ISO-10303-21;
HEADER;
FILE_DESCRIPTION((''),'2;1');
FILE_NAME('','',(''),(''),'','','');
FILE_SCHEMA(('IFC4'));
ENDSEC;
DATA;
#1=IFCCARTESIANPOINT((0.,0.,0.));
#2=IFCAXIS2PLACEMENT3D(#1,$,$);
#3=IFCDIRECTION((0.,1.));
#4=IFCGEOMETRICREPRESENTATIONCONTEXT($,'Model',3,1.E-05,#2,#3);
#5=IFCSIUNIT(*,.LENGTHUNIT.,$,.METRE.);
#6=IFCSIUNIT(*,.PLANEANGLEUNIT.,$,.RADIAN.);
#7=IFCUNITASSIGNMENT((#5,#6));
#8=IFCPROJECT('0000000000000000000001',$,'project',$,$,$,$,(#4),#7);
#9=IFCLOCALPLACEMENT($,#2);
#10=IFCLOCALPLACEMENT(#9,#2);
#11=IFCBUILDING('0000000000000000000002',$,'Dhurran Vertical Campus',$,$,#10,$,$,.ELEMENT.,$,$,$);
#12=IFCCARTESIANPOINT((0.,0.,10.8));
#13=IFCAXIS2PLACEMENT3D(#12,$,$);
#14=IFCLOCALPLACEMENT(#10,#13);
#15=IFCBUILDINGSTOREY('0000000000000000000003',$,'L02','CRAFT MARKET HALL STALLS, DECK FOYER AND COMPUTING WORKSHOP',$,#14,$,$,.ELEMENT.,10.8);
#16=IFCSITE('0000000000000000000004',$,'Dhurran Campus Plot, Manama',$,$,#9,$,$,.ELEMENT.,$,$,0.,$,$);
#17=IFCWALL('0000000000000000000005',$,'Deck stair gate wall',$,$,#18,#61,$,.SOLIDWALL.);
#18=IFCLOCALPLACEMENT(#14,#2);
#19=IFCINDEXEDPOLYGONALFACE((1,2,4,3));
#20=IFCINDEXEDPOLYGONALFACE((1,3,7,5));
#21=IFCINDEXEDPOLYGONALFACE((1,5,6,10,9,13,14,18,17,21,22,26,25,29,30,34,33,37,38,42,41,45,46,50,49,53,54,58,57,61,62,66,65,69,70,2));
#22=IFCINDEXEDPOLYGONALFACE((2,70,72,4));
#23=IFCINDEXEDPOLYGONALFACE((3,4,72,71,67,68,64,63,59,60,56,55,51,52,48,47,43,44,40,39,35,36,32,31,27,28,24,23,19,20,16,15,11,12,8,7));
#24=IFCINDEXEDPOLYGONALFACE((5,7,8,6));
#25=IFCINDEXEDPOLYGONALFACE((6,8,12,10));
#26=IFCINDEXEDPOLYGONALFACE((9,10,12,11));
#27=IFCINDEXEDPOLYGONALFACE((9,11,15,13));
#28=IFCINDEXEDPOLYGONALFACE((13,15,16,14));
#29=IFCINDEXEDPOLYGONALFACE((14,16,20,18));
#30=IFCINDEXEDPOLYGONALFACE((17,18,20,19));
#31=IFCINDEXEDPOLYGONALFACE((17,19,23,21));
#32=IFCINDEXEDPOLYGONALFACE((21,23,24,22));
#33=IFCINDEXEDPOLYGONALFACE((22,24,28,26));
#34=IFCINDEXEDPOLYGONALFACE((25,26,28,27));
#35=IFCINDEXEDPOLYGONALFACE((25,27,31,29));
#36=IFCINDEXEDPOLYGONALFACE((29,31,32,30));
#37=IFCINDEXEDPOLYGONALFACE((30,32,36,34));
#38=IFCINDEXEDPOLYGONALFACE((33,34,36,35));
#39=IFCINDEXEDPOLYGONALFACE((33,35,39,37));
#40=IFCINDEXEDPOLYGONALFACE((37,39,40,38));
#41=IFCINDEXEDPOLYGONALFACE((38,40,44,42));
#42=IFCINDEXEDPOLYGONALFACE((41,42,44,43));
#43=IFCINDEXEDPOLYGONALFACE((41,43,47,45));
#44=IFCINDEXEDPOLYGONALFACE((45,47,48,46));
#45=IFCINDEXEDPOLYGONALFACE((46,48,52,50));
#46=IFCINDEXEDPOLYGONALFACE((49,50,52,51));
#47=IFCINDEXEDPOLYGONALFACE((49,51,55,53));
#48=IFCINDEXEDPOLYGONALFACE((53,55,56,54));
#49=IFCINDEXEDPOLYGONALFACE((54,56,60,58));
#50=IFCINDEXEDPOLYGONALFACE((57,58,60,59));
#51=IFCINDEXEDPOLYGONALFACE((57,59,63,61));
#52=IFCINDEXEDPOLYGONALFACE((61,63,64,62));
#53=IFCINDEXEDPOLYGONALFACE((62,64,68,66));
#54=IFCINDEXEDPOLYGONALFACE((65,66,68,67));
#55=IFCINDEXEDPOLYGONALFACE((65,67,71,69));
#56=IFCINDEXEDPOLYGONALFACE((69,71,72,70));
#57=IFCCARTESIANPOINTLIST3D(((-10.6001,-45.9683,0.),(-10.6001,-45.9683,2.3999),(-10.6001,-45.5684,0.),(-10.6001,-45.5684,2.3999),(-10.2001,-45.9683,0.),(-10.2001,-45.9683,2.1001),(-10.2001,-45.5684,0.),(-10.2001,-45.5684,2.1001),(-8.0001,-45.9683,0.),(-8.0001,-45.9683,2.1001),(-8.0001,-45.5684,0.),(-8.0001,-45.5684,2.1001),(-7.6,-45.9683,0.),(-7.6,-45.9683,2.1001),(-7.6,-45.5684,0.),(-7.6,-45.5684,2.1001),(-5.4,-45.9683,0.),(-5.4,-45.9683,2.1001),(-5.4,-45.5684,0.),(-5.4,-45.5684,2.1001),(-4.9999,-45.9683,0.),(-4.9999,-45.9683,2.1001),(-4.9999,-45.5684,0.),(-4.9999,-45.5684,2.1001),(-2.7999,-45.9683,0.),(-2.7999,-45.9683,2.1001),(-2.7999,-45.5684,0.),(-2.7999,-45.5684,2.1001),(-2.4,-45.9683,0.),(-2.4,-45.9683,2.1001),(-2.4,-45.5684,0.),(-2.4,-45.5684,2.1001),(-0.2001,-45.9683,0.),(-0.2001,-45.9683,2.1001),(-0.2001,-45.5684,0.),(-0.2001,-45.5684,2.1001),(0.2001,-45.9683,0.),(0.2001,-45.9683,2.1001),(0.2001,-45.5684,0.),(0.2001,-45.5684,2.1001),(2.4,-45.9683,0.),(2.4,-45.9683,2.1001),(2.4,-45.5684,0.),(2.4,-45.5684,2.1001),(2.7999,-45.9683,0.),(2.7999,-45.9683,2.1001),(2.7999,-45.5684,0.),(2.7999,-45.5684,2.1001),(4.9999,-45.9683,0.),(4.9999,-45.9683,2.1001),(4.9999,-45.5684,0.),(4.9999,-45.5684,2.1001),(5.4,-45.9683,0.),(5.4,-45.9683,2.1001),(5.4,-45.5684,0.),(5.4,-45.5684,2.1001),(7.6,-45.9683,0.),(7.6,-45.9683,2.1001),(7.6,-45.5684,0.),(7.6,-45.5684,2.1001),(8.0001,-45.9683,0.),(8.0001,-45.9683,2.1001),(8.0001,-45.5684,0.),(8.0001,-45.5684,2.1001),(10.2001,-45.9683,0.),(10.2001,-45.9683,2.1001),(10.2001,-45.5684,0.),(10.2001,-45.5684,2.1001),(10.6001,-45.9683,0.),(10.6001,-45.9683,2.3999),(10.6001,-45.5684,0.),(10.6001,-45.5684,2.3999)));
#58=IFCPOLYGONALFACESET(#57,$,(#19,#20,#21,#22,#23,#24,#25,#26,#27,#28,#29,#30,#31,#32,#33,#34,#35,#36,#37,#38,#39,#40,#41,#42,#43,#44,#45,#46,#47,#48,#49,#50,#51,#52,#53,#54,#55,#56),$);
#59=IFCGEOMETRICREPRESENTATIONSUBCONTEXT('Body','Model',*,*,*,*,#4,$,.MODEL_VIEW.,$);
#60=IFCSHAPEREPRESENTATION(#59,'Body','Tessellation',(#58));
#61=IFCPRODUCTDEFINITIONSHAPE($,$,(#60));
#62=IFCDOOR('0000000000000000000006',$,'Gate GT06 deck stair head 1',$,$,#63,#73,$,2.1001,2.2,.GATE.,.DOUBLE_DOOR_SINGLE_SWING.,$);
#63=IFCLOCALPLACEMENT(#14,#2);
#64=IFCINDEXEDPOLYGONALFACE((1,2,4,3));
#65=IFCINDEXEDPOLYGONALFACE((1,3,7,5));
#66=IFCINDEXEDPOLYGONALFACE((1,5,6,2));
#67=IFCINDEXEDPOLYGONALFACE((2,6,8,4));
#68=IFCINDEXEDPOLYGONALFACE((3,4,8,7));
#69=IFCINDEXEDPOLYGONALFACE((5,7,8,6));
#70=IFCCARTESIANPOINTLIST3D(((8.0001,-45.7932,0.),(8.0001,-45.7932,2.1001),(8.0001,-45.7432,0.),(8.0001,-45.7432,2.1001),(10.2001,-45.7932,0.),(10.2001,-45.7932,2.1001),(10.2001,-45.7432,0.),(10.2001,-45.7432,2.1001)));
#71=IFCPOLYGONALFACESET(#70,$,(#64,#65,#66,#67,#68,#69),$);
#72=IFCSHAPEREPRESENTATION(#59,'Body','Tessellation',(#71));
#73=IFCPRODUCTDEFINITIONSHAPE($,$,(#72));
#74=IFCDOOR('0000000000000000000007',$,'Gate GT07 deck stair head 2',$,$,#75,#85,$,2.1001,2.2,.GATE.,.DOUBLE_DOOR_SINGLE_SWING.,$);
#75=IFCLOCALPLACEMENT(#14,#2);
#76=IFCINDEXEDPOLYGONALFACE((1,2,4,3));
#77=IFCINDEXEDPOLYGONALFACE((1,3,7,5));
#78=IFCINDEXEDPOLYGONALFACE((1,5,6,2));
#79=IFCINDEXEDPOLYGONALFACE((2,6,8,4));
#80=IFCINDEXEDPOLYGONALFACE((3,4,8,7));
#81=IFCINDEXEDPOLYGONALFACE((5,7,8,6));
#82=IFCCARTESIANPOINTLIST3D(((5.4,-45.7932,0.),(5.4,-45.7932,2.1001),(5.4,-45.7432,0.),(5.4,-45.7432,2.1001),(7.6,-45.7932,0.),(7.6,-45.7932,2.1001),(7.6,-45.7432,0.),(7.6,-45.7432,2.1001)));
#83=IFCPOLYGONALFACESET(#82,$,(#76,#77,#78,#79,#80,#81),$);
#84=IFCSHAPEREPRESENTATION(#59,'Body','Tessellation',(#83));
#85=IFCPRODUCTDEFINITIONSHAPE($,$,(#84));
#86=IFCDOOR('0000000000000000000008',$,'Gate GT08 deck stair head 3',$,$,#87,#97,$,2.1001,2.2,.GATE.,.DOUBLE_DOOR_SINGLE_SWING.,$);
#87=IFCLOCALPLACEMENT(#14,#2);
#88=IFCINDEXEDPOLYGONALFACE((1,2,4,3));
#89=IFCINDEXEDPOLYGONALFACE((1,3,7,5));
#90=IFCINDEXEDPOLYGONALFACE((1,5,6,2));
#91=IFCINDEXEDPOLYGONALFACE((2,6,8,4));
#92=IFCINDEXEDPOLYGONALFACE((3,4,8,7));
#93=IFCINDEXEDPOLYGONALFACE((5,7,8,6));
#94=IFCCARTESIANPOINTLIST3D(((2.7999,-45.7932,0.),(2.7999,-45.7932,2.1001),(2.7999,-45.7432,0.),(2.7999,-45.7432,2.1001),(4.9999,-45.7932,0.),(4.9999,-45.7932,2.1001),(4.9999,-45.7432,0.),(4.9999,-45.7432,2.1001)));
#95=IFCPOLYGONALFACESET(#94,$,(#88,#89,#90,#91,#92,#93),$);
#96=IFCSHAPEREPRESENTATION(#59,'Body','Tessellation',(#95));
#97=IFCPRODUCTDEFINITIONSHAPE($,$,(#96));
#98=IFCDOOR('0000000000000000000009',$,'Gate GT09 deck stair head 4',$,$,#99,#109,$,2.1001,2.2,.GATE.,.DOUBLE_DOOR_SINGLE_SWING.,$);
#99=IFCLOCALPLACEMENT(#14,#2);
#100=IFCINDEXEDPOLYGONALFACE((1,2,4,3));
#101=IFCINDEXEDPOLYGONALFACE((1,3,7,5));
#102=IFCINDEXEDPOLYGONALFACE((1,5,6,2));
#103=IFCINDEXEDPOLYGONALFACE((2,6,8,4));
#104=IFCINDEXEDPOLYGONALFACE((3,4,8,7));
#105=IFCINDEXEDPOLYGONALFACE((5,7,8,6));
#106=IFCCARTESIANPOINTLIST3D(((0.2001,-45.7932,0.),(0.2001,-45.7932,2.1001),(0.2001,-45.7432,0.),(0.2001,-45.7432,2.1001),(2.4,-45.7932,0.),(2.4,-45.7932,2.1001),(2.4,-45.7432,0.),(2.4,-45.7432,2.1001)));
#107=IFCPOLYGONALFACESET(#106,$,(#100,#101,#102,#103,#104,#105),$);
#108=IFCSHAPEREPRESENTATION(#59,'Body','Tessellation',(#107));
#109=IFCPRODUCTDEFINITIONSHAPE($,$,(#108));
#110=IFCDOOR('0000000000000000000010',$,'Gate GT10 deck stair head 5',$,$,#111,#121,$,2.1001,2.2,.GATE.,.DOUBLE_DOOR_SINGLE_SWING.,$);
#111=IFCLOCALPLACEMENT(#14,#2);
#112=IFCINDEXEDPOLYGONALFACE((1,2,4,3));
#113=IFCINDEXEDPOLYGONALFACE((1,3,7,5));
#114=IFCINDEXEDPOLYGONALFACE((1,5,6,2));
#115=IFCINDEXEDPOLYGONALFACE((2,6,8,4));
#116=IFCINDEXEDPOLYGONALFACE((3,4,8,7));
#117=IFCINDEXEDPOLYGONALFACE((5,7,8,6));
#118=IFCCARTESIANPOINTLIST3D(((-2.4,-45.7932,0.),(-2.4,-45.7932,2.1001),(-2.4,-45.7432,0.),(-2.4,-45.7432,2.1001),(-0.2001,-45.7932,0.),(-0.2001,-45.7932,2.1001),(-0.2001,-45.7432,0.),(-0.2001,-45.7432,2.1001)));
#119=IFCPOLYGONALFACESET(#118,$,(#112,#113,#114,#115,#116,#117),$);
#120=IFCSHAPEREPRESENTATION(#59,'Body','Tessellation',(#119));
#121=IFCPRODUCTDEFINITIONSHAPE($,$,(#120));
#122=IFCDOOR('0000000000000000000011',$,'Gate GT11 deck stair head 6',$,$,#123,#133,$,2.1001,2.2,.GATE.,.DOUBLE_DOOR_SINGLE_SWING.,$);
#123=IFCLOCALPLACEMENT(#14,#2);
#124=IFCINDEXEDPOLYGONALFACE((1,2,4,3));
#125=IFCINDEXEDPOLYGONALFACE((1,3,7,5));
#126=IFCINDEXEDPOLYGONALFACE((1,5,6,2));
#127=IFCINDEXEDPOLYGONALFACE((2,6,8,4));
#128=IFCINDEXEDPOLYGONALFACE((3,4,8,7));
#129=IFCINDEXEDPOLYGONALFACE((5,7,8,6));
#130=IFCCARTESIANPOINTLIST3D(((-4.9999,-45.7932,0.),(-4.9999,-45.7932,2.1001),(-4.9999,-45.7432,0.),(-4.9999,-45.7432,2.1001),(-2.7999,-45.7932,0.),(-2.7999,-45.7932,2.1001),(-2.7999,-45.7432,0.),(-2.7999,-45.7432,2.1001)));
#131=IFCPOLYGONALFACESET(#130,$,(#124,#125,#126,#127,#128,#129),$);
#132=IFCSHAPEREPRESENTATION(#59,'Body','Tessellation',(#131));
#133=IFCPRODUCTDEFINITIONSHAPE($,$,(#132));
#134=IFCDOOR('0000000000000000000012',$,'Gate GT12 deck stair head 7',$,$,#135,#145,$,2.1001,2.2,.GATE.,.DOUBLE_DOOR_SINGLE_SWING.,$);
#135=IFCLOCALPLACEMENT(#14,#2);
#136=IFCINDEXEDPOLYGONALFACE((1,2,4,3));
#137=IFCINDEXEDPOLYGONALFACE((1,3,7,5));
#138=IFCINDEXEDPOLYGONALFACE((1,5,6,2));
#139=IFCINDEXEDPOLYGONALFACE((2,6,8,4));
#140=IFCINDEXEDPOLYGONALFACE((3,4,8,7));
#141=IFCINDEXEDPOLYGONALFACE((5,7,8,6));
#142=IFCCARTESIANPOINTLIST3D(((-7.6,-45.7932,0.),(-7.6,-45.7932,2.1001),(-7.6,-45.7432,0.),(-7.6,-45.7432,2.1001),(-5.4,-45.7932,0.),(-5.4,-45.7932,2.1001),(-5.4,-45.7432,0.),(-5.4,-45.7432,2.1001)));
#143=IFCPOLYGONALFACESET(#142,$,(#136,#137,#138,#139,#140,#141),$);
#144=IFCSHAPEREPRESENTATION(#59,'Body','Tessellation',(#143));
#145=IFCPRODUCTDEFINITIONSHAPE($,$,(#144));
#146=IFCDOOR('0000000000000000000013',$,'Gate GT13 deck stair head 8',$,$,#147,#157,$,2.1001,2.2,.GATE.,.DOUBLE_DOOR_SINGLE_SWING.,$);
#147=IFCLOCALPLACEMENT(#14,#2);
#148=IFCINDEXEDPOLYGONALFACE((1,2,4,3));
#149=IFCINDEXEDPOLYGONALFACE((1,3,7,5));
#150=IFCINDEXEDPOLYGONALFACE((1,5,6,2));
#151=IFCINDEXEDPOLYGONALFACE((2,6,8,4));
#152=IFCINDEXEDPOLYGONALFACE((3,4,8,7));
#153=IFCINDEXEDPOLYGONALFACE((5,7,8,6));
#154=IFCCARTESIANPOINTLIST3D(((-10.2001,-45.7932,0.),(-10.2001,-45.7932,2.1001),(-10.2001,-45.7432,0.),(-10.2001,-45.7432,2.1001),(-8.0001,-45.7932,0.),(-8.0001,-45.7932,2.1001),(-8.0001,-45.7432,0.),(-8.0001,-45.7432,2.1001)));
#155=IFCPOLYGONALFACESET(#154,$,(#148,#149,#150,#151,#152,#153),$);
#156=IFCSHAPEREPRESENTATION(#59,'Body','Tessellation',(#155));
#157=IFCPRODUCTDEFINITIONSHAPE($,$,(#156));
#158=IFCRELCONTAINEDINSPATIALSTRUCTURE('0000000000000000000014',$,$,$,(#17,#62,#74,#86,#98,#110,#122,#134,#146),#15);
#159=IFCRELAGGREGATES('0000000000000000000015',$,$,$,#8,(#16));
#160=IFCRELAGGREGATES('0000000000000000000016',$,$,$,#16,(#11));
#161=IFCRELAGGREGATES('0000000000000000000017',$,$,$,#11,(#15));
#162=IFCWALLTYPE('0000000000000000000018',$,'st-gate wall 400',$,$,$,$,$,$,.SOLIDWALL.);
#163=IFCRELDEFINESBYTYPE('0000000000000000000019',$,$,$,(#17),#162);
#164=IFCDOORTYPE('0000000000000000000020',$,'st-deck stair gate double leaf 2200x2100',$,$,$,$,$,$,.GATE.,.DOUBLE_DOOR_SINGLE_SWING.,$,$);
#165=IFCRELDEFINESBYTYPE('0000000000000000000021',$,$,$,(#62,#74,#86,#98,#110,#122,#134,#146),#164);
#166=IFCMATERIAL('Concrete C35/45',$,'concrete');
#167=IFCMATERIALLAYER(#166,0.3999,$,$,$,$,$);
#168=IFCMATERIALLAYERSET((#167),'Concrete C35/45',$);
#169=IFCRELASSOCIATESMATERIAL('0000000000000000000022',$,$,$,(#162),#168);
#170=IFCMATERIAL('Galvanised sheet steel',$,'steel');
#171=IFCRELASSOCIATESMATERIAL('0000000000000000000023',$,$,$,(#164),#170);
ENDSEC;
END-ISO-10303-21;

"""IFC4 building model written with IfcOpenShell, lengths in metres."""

from ifc_helpers import new_model, si_unit, direction, frame, frame_2d, origin, place, context, subcontext, project, spatial, rectangle, extrude, material, layer, layer_set, type_object, element, fill, save


model = new_model("IFC4")

# Units and contexts
model_context = context("Model", 3, precision=1e-05, world=origin(), true_north=direction((0.0, 1.0)))
body_context = subcontext(model_context, "Body", "Model", "MODEL_VIEW")
ifc_project = project(units=[si_unit("LENGTHUNIT", "METRE"), si_unit("PLANEANGLEUNIT", "RADIAN")], contexts=[model_context])

# Site, building, storey
site_placement = place(None, origin())
site = spatial("IfcSite", under=ifc_project, at=site_placement, Name="Dhurran Campus Plot, Manama", CompositionType="ELEMENT", RefElevation=0.0)
building_placement = place(site_placement, origin())
building = spatial("IfcBuilding", under=site, at=building_placement, Name="Dhurran Vertical Campus", CompositionType="ELEMENT")
storey_placement = place(building_placement, frame((0.0, 0.0, 10.8)))
storey = spatial("IfcBuildingStorey", under=building, at=storey_placement, Name="L02", Description="CRAFT MARKET HALL STALLS, DECK FOYER AND COMPUTING WORKSHOP", CompositionType="ELEMENT", Elevation=10.8)

# Wall, openings, doors
ifc_material_1 = material(Name="Concrete C35/45", Category="concrete")
ifc_layer_1 = layer(ifc_material_1, 0.3999)
ifc_layer_set_1 = layer_set([ifc_layer_1], Name="Concrete C35/45")
wall_type_1 = type_object("IfcWallType", Name="st-gate wall 400", PredefinedType="SOLIDWALL", material=ifc_layer_set_1)
wall_1_placement = place(storey_placement, frame((10.6001, -45.7683, 0.0), z_axis=(0.0, 0.0, 1.0), x_axis=(-1.0, 0.0, 0.0)))
wall_1 = element("IfcWall", 1, at=wall_1_placement, inside=storey, type_object=wall_type_1, Name="Deck stair gate wall", PredefinedType="SOLIDWALL", context=body_context, shape_type="SweptSolid", body=[
    extrude(rectangle(XDim=21.2002, YDim=0.3999, at=frame_2d((10.6001, 0.0))), origin(), (0.0, 0.0, 1.0), 2.3999),
])
opening_1_placement = place(wall_1_placement, frame((0.3999, 0.0, 0.0)))
opening_1 = element("IfcOpeningElement", 2, at=opening_1_placement, cuts=wall_1, PredefinedType="OPENING", context=body_context, shape_type="SweptSolid", body=[
    extrude(rectangle(XDim=2.2, YDim=2.1001, at=frame_2d((1.1001, 1.05))), frame((0.0, 0.21, 0.0), z_axis=(0.0, -1.0, 0.0), x_axis=(1.0, 0.0, 0.0)), (0.0, 0.0, 1.0), 0.4199),
])
opening_2_placement = place(wall_1_placement, frame((3.0, 0.0, 0.0)))
opening_2 = element("IfcOpeningElement", 3, at=opening_2_placement, cuts=wall_1, PredefinedType="OPENING", context=body_context, shape_type="SweptSolid", body=[
    extrude(rectangle(XDim=2.2, YDim=2.1001, at=frame_2d((1.1001, 1.05))), frame((0.0, 0.21, 0.0), z_axis=(0.0, -1.0, 0.0), x_axis=(1.0, 0.0, 0.0)), (0.0, 0.0, 1.0), 0.4199),
])
opening_3_placement = place(wall_1_placement, frame((5.6001, 0.0, 0.0)))
opening_3 = element("IfcOpeningElement", 4, at=opening_3_placement, cuts=wall_1, PredefinedType="OPENING", context=body_context, shape_type="SweptSolid", body=[
    extrude(rectangle(XDim=2.2, YDim=2.1001, at=frame_2d((1.1001, 1.05))), frame((0.0, 0.21, 0.0), z_axis=(0.0, -1.0, 0.0), x_axis=(1.0, 0.0, 0.0)), (0.0, 0.0, 1.0), 0.4199),
])
opening_4_placement = place(wall_1_placement, frame((8.2, 0.0, 0.0)))
opening_4 = element("IfcOpeningElement", 5, at=opening_4_placement, cuts=wall_1, PredefinedType="OPENING", context=body_context, shape_type="SweptSolid", body=[
    extrude(rectangle(XDim=2.2, YDim=2.1001, at=frame_2d((1.1001, 1.05))), frame((0.0, 0.21, 0.0), z_axis=(0.0, -1.0, 0.0), x_axis=(1.0, 0.0, 0.0)), (0.0, 0.0, 1.0), 0.4199),
])
opening_5_placement = place(wall_1_placement, frame((10.8, 0.0, 0.0)))
opening_5 = element("IfcOpeningElement", 6, at=opening_5_placement, cuts=wall_1, PredefinedType="OPENING", context=body_context, shape_type="SweptSolid", body=[
    extrude(rectangle(XDim=2.2, YDim=2.1001, at=frame_2d((1.1001, 1.05))), frame((0.0, 0.21, 0.0), z_axis=(0.0, -1.0, 0.0), x_axis=(1.0, 0.0, 0.0)), (0.0, 0.0, 1.0), 0.4199),
])
opening_6_placement = place(wall_1_placement, frame((13.3999, 0.0, 0.0)))
opening_6 = element("IfcOpeningElement", 7, at=opening_6_placement, cuts=wall_1, PredefinedType="OPENING", context=body_context, shape_type="SweptSolid", body=[
    extrude(rectangle(XDim=2.2, YDim=2.1001, at=frame_2d((1.1001, 1.05))), frame((0.0, 0.21, 0.0), z_axis=(0.0, -1.0, 0.0), x_axis=(1.0, 0.0, 0.0)), (0.0, 0.0, 1.0), 0.4199),
])
opening_7_placement = place(wall_1_placement, frame((16.0, 0.0, 0.0)))
opening_7 = element("IfcOpeningElement", 8, at=opening_7_placement, cuts=wall_1, PredefinedType="OPENING", context=body_context, shape_type="SweptSolid", body=[
    extrude(rectangle(XDim=2.2, YDim=2.1001, at=frame_2d((1.1001, 1.05))), frame((0.0, 0.21, 0.0), z_axis=(0.0, -1.0, 0.0), x_axis=(1.0, 0.0, 0.0)), (0.0, 0.0, 1.0), 0.4199),
])
opening_8_placement = place(wall_1_placement, frame((18.6001, 0.0, 0.0)))
opening_8 = element("IfcOpeningElement", 9, at=opening_8_placement, cuts=wall_1, PredefinedType="OPENING", context=body_context, shape_type="SweptSolid", body=[
    extrude(rectangle(XDim=2.2, YDim=2.1001, at=frame_2d((1.1001, 1.05))), frame((0.0, 0.21, 0.0), z_axis=(0.0, -1.0, 0.0), x_axis=(1.0, 0.0, 0.0)), (0.0, 0.0, 1.0), 0.4199),
])
ifc_material_2 = material(Name="Galvanised sheet steel", Category="steel")
door_type_1 = type_object("IfcDoorType", Name="st-deck stair gate double leaf 2200x2100", OperationType="DOUBLE_DOOR_SINGLE_SWING", PredefinedType="GATE", material=ifc_material_2)
door_1_placement = place(opening_1_placement, origin())
door_1 = element("IfcDoor", 10, at=door_1_placement, inside=storey, type_object=door_type_1, Name="Gate GT06 deck stair head 1", OperationType="DOUBLE_DOOR_SINGLE_SWING", OverallHeight=2.1001, OverallWidth=2.2, PredefinedType="GATE", context=body_context, shape_type="SweptSolid", body=[
    extrude(rectangle(XDim=2.2, YDim=2.1001, at=frame_2d((1.1001, 1.05))), frame((0.0, 0.0249, 0.0), z_axis=(0.0, -1.0, 0.0), x_axis=(1.0, 0.0, 0.0)), (0.0, 0.0, 1.0), 0.05),
])
fill(opening_1, door_1)
door_2_placement = place(opening_2_placement, origin())
door_2 = element("IfcDoor", 11, at=door_2_placement, inside=storey, type_object=door_type_1, Name="Gate GT07 deck stair head 2", OperationType="DOUBLE_DOOR_SINGLE_SWING", OverallHeight=2.1001, OverallWidth=2.2, PredefinedType="GATE", context=body_context, shape_type="SweptSolid", body=[
    extrude(rectangle(XDim=2.2, YDim=2.1001, at=frame_2d((1.1001, 1.05))), frame((0.0, 0.0249, 0.0), z_axis=(0.0, -1.0, 0.0), x_axis=(1.0, 0.0, 0.0)), (0.0, 0.0, 1.0), 0.05),
])
fill(opening_2, door_2)
door_3_placement = place(opening_3_placement, origin())
door_3 = element("IfcDoor", 12, at=door_3_placement, inside=storey, type_object=door_type_1, Name="Gate GT08 deck stair head 3", OperationType="DOUBLE_DOOR_SINGLE_SWING", OverallHeight=2.1001, OverallWidth=2.2, PredefinedType="GATE", context=body_context, shape_type="SweptSolid", body=[
    extrude(rectangle(XDim=2.2, YDim=2.1001, at=frame_2d((1.1001, 1.05))), frame((0.0, 0.0249, 0.0), z_axis=(0.0, -1.0, 0.0), x_axis=(1.0, 0.0, 0.0)), (0.0, 0.0, 1.0), 0.05),
])
fill(opening_3, door_3)
door_4_placement = place(opening_4_placement, origin())
door_4 = element("IfcDoor", 13, at=door_4_placement, inside=storey, type_object=door_type_1, Name="Gate GT09 deck stair head 4", OperationType="DOUBLE_DOOR_SINGLE_SWING", OverallHeight=2.1001, OverallWidth=2.2, PredefinedType="GATE", context=body_context, shape_type="SweptSolid", body=[
    extrude(rectangle(XDim=2.2, YDim=2.1001, at=frame_2d((1.1001, 1.05))), frame((0.0, 0.0249, 0.0), z_axis=(0.0, -1.0, 0.0), x_axis=(1.0, 0.0, 0.0)), (0.0, 0.0, 1.0), 0.05),
])
fill(opening_4, door_4)
door_5_placement = place(opening_5_placement, origin())
door_5 = element("IfcDoor", 14, at=door_5_placement, inside=storey, type_object=door_type_1, Name="Gate GT10 deck stair head 5", OperationType="DOUBLE_DOOR_SINGLE_SWING", OverallHeight=2.1001, OverallWidth=2.2, PredefinedType="GATE", context=body_context, shape_type="SweptSolid", body=[
    extrude(rectangle(XDim=2.2, YDim=2.1001, at=frame_2d((1.1001, 1.05))), frame((0.0, 0.0249, 0.0), z_axis=(0.0, -1.0, 0.0), x_axis=(1.0, 0.0, 0.0)), (0.0, 0.0, 1.0), 0.05),
])
fill(opening_5, door_5)
door_6_placement = place(opening_6_placement, origin())
door_6 = element("IfcDoor", 15, at=door_6_placement, inside=storey, type_object=door_type_1, Name="Gate GT11 deck stair head 6", OperationType="DOUBLE_DOOR_SINGLE_SWING", OverallHeight=2.1001, OverallWidth=2.2, PredefinedType="GATE", context=body_context, shape_type="SweptSolid", body=[
    extrude(rectangle(XDim=2.2, YDim=2.1001, at=frame_2d((1.1001, 1.05))), frame((0.0, 0.0249, 0.0), z_axis=(0.0, -1.0, 0.0), x_axis=(1.0, 0.0, 0.0)), (0.0, 0.0, 1.0), 0.05),
])
fill(opening_6, door_6)
door_7_placement = place(opening_7_placement, origin())
door_7 = element("IfcDoor", 16, at=door_7_placement, inside=storey, type_object=door_type_1, Name="Gate GT12 deck stair head 7", OperationType="DOUBLE_DOOR_SINGLE_SWING", OverallHeight=2.1001, OverallWidth=2.2, PredefinedType="GATE", context=body_context, shape_type="SweptSolid", body=[
    extrude(rectangle(XDim=2.2, YDim=2.1001, at=frame_2d((1.1001, 1.05))), frame((0.0, 0.0249, 0.0), z_axis=(0.0, -1.0, 0.0), x_axis=(1.0, 0.0, 0.0)), (0.0, 0.0, 1.0), 0.05),
])
fill(opening_7, door_7)
door_8_placement = place(opening_8_placement, origin())
door_8 = element("IfcDoor", 17, at=door_8_placement, inside=storey, type_object=door_type_1, Name="Gate GT13 deck stair head 8", OperationType="DOUBLE_DOOR_SINGLE_SWING", OverallHeight=2.1001, OverallWidth=2.2, PredefinedType="GATE", context=body_context, shape_type="SweptSolid", body=[
    extrude(rectangle(XDim=2.2, YDim=2.1001, at=frame_2d((1.1001, 1.05))), frame((0.0, 0.0249, 0.0), z_axis=(0.0, -1.0, 0.0), x_axis=(1.0, 0.0, 0.0)), (0.0, 0.0, 1.0), 0.05),
])
fill(opening_8, door_8)

save(model, "model.ifc")
